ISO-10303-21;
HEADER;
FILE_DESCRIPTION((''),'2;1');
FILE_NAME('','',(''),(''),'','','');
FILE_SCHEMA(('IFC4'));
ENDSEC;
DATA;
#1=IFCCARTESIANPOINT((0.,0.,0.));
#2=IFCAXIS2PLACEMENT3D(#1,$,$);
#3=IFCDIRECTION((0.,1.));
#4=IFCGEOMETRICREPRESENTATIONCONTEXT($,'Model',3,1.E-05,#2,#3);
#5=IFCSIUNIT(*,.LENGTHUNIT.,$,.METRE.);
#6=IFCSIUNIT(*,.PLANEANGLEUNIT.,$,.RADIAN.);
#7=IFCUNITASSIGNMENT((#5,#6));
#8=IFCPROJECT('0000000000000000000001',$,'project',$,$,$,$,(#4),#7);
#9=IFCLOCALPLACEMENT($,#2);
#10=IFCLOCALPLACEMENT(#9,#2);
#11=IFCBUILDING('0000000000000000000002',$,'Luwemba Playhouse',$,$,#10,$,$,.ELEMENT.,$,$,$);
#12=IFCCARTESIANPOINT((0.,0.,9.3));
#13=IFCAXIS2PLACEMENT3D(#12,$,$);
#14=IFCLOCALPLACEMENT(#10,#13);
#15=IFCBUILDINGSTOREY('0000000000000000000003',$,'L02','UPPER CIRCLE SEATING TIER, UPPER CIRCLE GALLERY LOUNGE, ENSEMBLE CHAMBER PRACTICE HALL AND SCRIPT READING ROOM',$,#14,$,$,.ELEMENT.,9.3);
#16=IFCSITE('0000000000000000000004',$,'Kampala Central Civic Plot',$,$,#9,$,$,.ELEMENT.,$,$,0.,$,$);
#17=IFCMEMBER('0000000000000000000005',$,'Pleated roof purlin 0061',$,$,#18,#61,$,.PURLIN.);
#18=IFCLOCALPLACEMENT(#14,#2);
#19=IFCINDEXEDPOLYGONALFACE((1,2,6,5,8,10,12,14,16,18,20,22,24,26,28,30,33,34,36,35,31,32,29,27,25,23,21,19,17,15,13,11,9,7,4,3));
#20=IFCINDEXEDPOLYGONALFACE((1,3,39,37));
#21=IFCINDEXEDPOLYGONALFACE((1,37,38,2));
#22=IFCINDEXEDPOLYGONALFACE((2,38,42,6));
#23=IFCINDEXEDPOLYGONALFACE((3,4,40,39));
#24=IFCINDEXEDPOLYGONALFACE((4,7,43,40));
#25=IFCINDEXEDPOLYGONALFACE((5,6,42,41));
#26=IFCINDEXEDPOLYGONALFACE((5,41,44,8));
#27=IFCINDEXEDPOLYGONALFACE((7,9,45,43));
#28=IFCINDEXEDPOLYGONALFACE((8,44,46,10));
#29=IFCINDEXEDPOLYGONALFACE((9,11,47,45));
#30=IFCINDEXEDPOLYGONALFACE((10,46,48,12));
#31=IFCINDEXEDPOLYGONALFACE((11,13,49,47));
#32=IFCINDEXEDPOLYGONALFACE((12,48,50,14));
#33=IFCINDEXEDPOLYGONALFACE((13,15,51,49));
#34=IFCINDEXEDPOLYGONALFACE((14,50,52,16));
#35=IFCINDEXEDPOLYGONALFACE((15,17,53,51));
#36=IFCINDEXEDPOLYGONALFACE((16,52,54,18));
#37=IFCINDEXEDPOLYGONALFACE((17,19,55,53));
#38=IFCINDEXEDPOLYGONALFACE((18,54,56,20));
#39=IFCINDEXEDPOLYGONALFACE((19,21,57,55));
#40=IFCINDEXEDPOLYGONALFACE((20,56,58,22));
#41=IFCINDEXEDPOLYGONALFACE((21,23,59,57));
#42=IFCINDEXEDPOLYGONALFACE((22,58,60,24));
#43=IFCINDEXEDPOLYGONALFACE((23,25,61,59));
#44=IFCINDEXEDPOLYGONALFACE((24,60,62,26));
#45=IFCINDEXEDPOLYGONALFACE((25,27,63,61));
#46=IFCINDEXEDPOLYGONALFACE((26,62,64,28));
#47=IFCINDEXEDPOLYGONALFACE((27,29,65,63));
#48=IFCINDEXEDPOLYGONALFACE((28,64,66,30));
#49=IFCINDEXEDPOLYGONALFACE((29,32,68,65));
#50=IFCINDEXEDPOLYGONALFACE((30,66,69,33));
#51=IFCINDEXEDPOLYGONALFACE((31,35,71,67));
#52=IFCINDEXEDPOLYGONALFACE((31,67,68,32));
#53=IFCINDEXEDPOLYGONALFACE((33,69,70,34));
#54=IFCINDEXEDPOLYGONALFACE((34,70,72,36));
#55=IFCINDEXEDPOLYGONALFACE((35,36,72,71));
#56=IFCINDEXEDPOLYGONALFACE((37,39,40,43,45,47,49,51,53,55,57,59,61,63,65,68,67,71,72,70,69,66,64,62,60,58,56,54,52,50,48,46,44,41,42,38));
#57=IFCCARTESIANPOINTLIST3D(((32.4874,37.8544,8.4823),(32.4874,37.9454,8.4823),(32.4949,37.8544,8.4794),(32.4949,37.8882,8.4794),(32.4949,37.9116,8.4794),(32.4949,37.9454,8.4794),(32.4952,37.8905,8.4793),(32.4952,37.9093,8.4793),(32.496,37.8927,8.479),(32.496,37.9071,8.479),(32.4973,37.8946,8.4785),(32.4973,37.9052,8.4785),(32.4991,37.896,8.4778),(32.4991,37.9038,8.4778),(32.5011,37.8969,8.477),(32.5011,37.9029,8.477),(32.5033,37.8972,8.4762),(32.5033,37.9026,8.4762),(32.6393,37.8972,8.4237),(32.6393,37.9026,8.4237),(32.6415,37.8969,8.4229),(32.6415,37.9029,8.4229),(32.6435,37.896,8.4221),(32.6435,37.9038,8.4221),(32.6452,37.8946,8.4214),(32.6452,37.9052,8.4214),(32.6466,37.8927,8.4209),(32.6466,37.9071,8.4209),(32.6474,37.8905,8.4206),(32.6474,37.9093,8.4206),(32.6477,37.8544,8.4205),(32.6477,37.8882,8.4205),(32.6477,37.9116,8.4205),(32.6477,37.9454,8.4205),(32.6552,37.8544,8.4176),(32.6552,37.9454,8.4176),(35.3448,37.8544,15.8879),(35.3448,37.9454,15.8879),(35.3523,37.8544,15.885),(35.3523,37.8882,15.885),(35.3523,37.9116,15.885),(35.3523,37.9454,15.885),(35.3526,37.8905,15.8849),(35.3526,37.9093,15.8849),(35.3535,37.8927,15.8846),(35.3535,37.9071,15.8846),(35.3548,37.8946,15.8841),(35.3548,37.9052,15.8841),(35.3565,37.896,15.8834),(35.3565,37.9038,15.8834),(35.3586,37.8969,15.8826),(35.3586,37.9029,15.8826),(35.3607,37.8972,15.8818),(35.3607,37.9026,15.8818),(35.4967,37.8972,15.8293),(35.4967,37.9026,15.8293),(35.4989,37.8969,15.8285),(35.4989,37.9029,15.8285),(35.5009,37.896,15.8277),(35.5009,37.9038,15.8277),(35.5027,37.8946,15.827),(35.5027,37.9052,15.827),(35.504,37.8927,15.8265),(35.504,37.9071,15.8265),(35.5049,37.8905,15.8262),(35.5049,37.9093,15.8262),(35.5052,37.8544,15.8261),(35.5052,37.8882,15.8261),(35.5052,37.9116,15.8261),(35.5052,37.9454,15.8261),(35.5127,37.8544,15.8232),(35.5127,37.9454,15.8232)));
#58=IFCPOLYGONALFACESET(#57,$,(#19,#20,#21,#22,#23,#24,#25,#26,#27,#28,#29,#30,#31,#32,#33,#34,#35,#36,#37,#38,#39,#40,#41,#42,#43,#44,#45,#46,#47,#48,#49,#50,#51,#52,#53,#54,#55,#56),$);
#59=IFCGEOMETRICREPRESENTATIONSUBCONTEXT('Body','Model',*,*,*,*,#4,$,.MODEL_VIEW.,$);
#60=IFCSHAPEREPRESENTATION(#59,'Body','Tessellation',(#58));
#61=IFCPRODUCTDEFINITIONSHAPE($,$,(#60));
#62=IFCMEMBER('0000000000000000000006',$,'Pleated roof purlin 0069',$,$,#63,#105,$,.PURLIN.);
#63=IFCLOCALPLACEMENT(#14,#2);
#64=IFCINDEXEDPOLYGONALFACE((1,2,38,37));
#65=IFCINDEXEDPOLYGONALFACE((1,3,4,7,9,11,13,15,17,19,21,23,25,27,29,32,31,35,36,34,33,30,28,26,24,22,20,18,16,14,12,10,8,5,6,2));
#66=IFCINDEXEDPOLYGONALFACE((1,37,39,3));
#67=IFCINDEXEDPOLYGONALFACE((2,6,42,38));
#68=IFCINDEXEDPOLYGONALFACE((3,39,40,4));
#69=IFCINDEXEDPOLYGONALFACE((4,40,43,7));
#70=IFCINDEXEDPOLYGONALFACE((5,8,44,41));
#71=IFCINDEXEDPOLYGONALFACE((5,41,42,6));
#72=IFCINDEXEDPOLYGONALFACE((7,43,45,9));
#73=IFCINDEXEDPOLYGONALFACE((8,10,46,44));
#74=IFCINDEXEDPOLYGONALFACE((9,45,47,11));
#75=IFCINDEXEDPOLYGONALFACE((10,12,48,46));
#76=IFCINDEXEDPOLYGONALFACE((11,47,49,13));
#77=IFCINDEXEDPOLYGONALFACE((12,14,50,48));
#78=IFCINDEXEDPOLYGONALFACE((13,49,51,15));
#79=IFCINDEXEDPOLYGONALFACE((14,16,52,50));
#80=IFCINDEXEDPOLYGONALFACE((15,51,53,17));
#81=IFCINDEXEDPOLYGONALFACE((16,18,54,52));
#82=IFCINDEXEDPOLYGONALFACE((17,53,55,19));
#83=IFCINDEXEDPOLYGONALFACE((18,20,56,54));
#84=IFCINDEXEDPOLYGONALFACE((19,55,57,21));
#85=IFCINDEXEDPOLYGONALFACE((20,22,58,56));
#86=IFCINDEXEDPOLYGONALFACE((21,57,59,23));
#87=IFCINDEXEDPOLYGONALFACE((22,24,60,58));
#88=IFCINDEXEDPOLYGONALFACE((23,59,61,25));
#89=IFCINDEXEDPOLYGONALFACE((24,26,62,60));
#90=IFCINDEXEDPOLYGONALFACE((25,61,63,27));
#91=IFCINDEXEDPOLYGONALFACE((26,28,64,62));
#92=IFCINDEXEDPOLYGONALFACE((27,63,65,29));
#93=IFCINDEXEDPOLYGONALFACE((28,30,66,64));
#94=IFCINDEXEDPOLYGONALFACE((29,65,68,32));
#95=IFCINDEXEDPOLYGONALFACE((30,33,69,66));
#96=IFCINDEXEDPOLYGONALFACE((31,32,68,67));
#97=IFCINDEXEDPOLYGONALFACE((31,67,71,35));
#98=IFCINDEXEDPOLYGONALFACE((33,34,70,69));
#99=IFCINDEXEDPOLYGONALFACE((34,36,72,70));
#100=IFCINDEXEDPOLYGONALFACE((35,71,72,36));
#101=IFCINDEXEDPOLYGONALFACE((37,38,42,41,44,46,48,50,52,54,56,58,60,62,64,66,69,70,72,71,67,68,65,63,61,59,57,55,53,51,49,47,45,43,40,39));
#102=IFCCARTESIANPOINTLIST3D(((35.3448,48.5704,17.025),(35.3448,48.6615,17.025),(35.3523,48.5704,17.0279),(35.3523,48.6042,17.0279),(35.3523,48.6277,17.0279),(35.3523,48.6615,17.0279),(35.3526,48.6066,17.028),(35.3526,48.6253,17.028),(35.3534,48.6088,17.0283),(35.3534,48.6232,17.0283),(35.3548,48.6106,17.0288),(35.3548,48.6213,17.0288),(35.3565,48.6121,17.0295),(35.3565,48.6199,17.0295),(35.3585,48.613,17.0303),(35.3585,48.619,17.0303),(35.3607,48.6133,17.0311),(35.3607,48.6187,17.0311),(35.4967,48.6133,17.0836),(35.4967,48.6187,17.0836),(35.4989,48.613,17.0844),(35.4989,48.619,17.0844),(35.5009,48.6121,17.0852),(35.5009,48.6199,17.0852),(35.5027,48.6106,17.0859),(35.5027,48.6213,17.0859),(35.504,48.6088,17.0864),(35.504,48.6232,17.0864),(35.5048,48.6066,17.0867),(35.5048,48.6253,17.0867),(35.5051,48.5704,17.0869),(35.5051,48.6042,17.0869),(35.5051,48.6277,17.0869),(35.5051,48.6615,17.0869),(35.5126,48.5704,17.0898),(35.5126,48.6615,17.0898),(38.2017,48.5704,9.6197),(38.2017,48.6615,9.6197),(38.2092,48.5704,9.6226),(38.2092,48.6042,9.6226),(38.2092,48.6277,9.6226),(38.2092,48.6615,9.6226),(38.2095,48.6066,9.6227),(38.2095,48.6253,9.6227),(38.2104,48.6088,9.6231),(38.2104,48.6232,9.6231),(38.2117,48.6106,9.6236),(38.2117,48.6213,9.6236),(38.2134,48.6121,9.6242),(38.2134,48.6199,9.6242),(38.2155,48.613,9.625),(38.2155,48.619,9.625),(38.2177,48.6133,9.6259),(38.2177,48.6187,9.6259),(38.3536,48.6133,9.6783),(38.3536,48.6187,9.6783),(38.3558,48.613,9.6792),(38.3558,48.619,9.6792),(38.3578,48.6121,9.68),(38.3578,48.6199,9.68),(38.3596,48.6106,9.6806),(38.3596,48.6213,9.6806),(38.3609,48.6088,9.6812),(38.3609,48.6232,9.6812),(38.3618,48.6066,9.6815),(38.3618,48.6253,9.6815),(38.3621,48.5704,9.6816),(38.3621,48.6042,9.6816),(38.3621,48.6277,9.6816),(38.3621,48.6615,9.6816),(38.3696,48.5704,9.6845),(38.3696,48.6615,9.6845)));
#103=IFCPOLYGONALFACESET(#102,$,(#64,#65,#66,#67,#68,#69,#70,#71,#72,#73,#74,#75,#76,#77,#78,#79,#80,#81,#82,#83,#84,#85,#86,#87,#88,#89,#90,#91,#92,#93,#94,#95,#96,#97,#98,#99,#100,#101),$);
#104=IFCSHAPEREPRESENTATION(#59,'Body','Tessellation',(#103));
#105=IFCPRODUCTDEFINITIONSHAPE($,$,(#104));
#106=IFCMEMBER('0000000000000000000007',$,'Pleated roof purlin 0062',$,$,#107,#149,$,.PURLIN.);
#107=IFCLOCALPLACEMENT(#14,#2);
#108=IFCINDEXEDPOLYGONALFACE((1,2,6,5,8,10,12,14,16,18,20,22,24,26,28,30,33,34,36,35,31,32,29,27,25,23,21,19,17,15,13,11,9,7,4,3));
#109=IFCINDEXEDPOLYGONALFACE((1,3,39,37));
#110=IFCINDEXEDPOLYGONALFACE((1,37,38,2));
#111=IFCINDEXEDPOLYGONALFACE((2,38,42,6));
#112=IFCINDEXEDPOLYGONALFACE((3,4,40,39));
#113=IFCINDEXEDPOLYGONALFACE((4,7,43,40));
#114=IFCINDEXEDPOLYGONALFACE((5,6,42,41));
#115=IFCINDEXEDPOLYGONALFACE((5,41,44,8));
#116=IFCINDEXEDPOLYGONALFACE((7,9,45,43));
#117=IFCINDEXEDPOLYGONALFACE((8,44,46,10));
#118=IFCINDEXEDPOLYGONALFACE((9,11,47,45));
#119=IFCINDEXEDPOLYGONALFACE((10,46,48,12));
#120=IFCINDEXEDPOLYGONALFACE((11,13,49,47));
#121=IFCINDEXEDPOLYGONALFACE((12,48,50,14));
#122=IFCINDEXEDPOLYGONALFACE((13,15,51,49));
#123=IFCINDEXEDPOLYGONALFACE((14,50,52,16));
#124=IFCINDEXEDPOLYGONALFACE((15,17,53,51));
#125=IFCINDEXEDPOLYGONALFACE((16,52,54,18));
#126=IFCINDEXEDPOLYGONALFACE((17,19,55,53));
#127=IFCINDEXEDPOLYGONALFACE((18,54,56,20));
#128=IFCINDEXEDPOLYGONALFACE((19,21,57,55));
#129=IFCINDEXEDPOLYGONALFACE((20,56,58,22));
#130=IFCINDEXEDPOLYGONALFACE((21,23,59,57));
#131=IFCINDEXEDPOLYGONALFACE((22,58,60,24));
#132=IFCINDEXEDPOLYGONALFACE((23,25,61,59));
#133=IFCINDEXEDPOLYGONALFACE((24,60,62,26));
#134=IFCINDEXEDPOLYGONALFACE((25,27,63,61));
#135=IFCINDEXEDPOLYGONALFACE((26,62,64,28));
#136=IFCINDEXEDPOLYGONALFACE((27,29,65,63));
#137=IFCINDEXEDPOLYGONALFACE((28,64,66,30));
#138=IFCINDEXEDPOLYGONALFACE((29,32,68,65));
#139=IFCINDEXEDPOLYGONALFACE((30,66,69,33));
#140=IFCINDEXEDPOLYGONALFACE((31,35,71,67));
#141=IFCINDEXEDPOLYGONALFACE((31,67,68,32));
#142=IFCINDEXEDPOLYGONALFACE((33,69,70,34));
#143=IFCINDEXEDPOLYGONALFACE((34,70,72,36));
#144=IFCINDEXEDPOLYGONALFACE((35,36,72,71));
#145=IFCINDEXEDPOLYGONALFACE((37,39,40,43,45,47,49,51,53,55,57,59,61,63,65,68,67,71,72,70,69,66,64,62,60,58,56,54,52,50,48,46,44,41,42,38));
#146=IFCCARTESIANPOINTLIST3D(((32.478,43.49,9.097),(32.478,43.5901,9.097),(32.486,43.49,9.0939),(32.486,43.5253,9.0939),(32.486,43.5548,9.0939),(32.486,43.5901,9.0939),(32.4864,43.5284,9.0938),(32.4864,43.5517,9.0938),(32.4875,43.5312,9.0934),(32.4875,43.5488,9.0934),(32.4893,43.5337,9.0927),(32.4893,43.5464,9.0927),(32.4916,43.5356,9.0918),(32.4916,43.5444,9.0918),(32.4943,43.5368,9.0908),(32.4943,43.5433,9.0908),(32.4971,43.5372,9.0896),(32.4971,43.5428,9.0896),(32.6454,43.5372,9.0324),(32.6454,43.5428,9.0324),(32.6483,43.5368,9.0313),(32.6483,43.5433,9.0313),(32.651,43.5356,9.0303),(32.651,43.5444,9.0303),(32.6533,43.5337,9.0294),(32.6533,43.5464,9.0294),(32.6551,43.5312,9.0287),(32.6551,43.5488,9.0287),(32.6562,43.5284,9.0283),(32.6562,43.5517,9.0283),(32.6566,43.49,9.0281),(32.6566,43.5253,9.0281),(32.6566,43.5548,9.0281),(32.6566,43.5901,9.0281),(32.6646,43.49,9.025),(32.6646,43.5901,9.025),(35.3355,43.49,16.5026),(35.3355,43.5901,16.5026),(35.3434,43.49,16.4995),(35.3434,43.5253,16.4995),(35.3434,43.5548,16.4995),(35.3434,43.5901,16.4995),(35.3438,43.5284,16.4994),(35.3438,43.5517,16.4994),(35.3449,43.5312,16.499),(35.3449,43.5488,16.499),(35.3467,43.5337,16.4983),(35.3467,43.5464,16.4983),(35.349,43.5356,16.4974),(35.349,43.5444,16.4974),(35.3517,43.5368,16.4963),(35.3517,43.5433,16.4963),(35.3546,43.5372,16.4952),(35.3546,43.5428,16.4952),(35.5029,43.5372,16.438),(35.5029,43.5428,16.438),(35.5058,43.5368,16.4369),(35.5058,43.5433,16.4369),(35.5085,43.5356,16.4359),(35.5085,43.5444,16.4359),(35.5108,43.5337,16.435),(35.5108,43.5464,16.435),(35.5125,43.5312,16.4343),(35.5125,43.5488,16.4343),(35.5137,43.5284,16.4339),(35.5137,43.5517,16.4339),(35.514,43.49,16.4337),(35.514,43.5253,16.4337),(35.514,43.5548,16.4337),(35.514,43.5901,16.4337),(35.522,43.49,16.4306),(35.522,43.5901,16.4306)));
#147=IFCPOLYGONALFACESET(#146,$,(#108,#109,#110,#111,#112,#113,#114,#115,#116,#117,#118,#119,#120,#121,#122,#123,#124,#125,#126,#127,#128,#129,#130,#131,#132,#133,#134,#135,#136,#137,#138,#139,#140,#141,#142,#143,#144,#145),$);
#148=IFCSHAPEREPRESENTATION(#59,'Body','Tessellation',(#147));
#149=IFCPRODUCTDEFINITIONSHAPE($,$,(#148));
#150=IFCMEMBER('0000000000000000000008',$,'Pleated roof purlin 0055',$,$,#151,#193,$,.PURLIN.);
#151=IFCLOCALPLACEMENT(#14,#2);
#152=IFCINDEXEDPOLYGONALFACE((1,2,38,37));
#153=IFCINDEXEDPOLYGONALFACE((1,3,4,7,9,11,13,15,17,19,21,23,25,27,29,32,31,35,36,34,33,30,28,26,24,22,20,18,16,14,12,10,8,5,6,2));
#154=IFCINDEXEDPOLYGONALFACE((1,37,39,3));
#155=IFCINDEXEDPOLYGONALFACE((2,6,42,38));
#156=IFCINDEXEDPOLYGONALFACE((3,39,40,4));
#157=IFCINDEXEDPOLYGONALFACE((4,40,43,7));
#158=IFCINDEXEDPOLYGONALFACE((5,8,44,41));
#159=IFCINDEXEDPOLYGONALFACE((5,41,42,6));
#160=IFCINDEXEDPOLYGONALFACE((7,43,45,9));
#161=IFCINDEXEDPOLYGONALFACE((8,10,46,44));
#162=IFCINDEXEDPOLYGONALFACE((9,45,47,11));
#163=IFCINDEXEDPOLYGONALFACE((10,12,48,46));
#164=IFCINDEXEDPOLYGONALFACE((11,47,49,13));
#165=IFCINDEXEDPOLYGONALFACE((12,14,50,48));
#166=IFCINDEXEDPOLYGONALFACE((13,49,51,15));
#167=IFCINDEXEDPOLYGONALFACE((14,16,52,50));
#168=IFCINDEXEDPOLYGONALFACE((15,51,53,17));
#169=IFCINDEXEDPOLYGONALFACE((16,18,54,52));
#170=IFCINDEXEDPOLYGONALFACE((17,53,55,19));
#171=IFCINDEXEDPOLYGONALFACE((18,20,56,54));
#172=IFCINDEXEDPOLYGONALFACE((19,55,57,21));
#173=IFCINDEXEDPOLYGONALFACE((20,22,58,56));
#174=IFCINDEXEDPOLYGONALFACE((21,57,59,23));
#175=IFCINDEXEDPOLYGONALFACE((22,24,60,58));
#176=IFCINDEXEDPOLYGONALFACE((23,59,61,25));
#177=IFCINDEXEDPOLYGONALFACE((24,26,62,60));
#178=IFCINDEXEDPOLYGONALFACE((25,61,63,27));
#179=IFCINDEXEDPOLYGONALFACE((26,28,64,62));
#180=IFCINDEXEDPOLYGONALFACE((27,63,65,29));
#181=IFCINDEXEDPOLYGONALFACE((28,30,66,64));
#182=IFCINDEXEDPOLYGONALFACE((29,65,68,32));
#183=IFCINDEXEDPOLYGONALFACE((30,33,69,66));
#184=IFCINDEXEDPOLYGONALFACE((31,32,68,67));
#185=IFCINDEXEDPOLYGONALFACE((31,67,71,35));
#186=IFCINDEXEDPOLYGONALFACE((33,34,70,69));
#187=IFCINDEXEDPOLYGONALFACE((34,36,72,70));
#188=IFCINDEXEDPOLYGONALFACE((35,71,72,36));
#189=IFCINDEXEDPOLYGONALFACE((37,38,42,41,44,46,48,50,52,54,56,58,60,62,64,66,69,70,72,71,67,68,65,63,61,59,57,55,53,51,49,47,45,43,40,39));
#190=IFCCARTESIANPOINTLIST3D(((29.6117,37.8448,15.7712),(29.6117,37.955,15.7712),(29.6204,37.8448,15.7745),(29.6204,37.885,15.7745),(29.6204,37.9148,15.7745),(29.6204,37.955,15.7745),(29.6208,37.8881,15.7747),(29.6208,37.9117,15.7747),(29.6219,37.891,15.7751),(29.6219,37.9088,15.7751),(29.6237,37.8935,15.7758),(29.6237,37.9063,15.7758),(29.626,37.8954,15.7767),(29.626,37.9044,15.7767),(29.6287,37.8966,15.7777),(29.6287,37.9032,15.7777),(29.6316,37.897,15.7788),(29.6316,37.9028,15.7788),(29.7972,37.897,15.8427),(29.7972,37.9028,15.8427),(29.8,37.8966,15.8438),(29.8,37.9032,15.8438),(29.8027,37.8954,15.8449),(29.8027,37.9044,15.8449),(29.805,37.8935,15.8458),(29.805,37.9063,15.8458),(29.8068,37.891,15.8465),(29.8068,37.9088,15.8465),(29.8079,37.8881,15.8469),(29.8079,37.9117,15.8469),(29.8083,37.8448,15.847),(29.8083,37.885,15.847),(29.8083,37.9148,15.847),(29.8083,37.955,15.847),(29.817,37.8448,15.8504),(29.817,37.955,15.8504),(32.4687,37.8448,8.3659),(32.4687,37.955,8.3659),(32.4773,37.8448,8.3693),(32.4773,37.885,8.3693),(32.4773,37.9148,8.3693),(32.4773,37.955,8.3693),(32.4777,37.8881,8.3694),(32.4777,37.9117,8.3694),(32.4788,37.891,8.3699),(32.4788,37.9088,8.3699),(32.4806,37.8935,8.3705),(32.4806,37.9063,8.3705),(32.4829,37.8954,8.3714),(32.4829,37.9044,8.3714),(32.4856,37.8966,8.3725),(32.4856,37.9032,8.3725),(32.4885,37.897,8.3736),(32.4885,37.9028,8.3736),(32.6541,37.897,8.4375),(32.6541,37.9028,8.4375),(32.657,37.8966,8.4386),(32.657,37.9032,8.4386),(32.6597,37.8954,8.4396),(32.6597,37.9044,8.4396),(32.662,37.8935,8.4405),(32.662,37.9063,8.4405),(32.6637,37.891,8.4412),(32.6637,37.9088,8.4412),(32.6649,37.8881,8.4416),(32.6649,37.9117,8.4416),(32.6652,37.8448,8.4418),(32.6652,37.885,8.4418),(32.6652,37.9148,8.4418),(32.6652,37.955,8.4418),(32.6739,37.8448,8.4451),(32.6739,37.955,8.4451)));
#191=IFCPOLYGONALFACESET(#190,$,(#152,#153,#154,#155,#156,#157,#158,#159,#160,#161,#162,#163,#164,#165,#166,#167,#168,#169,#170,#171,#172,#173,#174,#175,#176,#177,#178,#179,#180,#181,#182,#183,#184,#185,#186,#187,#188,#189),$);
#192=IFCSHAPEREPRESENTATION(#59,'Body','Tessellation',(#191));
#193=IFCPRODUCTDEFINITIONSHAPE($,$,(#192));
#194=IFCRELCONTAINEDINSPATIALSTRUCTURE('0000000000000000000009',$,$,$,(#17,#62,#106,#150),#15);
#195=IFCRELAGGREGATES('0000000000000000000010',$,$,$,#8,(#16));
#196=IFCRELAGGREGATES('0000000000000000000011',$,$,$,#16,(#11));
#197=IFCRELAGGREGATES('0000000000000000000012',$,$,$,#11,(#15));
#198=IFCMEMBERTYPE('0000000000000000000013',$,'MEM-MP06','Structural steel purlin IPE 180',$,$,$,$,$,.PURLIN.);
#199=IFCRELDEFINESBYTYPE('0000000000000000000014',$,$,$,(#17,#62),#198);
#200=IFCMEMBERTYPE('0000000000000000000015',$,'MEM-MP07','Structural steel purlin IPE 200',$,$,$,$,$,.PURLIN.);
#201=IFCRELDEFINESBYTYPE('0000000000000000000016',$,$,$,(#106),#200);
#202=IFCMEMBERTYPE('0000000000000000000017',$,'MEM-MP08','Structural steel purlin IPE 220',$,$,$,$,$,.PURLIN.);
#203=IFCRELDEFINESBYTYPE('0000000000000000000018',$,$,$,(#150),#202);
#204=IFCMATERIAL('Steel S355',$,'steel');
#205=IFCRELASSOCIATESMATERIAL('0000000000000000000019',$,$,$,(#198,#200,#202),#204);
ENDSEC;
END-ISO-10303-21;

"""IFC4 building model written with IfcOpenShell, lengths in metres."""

from ifc_helpers import new_model, si_unit, direction, frame, origin, origin_2d, place, context, subcontext, project, spatial, i_section, extrude, material, material_profile, profile_set, type_object, element, save


model = new_model("IFC4")

# Units and contexts
model_context = context("Model", 3, precision=1e-05, world=origin(), true_north=direction((0.0, 1.0)))
body_context = subcontext(model_context, "Body", "Model", "MODEL_VIEW")
ifc_project = project(units=[si_unit("LENGTHUNIT", "METRE"), si_unit("PLANEANGLEUNIT", "RADIAN")], contexts=[model_context])

# Site, building, storey
site_placement = place(None, origin())
site = spatial("IfcSite", under=ifc_project, at=site_placement, Name="Kampala Central Civic Plot", CompositionType="ELEMENT", RefElevation=0.0)
building_placement = place(site_placement, origin())
building = spatial("IfcBuilding", under=site, at=building_placement, Name="Luwemba Playhouse", CompositionType="ELEMENT")
storey_placement = place(building_placement, frame((0.0, 0.0, 9.3)))
storey = spatial("IfcBuildingStorey", under=building, at=storey_placement, Name="L02", Description="UPPER CIRCLE SEATING TIER, UPPER CIRCLE GALLERY LOUNGE, ENSEMBLE CHAMBER PRACTICE HALL AND SCRIPT READING ROOM", CompositionType="ELEMENT", Elevation=9.3)

# Shared definitions
ifc_material_1 = material(Name="Steel S355", Category="steel")

# Members
ifc_material_profile_1 = material_profile(ifc_material_1, i_section(OverallWidth=0.0911, OverallDepth=0.1799, WebThickness=0.0054, FlangeThickness=0.0081, FilletRadius=0.009, at=origin_2d()))
ifc_profile_set_1 = profile_set([ifc_material_profile_1], Name="Steel S355")
member_type_1 = type_object("IfcMemberType", Name="MEM-MP06", Description="Structural steel purlin IPE 180", PredefinedType="PURLIN", material=ifc_profile_set_1)
member_1_placement = place(storey_placement, frame((32.5713, 37.8999, 8.45), z_axis=(0.359983, 0.0, 0.932959), x_axis=(0.0, 1.0, 0.0)))
element("IfcMember", 1, at=member_1_placement, inside=storey, type_object=member_type_1, Name="Pleated roof purlin 0061", PredefinedType="PURLIN", context=body_context, shape_type="SweptSolid", body=[
    extrude(i_section(OverallWidth=0.0911, OverallDepth=0.1799, WebThickness=0.0054, FlangeThickness=0.0081, FilletRadius=0.009, at=origin_2d()), origin(), (0.0, 0.0, 1.0), 7.9377),
])
member_2_placement = place(storey_placement, frame((35.4287, 48.616, 17.0574), z_axis=(0.359939, 0.0, -0.932976), x_axis=(0.0, 1.0, 0.0)))
element("IfcMember", 2, at=member_2_placement, inside=storey, type_object=member_type_1, Name="Pleated roof purlin 0069", PredefinedType="PURLIN", context=body_context, shape_type="SweptSolid", body=[
    extrude(i_section(OverallWidth=0.0911, OverallDepth=0.1799, WebThickness=0.0054, FlangeThickness=0.0081, FilletRadius=0.009, at=origin_2d()), origin(), (0.0, 0.0, 1.0), 7.9373),
])
ifc_material_profile_2 = material_profile(ifc_material_1, i_section(OverallWidth=0.1001, OverallDepth=0.2, WebThickness=0.0056, FlangeThickness=0.0085, FilletRadius=0.012, at=origin_2d()))
ifc_profile_set_2 = profile_set([ifc_material_profile_2], Name="Steel S355")
member_type_2 = type_object("IfcMemberType", Name="MEM-MP07", Description="Structural steel purlin IPE 200", PredefinedType="PURLIN", material=ifc_profile_set_2)
member_3_placement = place(storey_placement, frame((32.5713, 43.54, 9.061), z_axis=(0.359983, 0.0, 0.932959), x_axis=(0.0, 1.0, 0.0)))
element("IfcMember", 3, at=member_3_placement, inside=storey, type_object=member_type_2, Name="Pleated roof purlin 0062", PredefinedType="PURLIN", context=body_context, shape_type="SweptSolid", body=[
    extrude(i_section(OverallWidth=0.1001, OverallDepth=0.2, WebThickness=0.0056, FlangeThickness=0.0085, FilletRadius=0.012, at=origin_2d()), origin(), (0.0, 0.0, 1.0), 7.9377),
])
ifc_material_profile_3 = material_profile(ifc_material_1, i_section(OverallWidth=0.1101, OverallDepth=0.22, WebThickness=0.0059, FlangeThickness=0.0093, FilletRadius=0.012, at=origin_2d()))
ifc_profile_set_3 = profile_set([ifc_material_profile_3], Name="Steel S355")
member_type_3 = type_object("IfcMemberType", Name="MEM-MP08", Description="Structural steel purlin IPE 220", PredefinedType="PURLIN", material=ifc_profile_set_3)
member_4_placement = place(storey_placement, frame((29.7144, 37.8999, 15.8108), z_axis=(0.359939, 0.0, -0.932976), x_axis=(0.0, 1.0, 0.0)))
element("IfcMember", 4, at=member_4_placement, inside=storey, type_object=member_type_3, Name="Pleated roof purlin 0055", PredefinedType="PURLIN", context=body_context, shape_type="SweptSolid", body=[
    extrude(i_section(OverallWidth=0.1101, OverallDepth=0.22, WebThickness=0.0059, FlangeThickness=0.0093, FilletRadius=0.012, at=origin_2d()), origin(), (0.0, 0.0, 1.0), 7.9373),
])

save(model, "model.ifc")
